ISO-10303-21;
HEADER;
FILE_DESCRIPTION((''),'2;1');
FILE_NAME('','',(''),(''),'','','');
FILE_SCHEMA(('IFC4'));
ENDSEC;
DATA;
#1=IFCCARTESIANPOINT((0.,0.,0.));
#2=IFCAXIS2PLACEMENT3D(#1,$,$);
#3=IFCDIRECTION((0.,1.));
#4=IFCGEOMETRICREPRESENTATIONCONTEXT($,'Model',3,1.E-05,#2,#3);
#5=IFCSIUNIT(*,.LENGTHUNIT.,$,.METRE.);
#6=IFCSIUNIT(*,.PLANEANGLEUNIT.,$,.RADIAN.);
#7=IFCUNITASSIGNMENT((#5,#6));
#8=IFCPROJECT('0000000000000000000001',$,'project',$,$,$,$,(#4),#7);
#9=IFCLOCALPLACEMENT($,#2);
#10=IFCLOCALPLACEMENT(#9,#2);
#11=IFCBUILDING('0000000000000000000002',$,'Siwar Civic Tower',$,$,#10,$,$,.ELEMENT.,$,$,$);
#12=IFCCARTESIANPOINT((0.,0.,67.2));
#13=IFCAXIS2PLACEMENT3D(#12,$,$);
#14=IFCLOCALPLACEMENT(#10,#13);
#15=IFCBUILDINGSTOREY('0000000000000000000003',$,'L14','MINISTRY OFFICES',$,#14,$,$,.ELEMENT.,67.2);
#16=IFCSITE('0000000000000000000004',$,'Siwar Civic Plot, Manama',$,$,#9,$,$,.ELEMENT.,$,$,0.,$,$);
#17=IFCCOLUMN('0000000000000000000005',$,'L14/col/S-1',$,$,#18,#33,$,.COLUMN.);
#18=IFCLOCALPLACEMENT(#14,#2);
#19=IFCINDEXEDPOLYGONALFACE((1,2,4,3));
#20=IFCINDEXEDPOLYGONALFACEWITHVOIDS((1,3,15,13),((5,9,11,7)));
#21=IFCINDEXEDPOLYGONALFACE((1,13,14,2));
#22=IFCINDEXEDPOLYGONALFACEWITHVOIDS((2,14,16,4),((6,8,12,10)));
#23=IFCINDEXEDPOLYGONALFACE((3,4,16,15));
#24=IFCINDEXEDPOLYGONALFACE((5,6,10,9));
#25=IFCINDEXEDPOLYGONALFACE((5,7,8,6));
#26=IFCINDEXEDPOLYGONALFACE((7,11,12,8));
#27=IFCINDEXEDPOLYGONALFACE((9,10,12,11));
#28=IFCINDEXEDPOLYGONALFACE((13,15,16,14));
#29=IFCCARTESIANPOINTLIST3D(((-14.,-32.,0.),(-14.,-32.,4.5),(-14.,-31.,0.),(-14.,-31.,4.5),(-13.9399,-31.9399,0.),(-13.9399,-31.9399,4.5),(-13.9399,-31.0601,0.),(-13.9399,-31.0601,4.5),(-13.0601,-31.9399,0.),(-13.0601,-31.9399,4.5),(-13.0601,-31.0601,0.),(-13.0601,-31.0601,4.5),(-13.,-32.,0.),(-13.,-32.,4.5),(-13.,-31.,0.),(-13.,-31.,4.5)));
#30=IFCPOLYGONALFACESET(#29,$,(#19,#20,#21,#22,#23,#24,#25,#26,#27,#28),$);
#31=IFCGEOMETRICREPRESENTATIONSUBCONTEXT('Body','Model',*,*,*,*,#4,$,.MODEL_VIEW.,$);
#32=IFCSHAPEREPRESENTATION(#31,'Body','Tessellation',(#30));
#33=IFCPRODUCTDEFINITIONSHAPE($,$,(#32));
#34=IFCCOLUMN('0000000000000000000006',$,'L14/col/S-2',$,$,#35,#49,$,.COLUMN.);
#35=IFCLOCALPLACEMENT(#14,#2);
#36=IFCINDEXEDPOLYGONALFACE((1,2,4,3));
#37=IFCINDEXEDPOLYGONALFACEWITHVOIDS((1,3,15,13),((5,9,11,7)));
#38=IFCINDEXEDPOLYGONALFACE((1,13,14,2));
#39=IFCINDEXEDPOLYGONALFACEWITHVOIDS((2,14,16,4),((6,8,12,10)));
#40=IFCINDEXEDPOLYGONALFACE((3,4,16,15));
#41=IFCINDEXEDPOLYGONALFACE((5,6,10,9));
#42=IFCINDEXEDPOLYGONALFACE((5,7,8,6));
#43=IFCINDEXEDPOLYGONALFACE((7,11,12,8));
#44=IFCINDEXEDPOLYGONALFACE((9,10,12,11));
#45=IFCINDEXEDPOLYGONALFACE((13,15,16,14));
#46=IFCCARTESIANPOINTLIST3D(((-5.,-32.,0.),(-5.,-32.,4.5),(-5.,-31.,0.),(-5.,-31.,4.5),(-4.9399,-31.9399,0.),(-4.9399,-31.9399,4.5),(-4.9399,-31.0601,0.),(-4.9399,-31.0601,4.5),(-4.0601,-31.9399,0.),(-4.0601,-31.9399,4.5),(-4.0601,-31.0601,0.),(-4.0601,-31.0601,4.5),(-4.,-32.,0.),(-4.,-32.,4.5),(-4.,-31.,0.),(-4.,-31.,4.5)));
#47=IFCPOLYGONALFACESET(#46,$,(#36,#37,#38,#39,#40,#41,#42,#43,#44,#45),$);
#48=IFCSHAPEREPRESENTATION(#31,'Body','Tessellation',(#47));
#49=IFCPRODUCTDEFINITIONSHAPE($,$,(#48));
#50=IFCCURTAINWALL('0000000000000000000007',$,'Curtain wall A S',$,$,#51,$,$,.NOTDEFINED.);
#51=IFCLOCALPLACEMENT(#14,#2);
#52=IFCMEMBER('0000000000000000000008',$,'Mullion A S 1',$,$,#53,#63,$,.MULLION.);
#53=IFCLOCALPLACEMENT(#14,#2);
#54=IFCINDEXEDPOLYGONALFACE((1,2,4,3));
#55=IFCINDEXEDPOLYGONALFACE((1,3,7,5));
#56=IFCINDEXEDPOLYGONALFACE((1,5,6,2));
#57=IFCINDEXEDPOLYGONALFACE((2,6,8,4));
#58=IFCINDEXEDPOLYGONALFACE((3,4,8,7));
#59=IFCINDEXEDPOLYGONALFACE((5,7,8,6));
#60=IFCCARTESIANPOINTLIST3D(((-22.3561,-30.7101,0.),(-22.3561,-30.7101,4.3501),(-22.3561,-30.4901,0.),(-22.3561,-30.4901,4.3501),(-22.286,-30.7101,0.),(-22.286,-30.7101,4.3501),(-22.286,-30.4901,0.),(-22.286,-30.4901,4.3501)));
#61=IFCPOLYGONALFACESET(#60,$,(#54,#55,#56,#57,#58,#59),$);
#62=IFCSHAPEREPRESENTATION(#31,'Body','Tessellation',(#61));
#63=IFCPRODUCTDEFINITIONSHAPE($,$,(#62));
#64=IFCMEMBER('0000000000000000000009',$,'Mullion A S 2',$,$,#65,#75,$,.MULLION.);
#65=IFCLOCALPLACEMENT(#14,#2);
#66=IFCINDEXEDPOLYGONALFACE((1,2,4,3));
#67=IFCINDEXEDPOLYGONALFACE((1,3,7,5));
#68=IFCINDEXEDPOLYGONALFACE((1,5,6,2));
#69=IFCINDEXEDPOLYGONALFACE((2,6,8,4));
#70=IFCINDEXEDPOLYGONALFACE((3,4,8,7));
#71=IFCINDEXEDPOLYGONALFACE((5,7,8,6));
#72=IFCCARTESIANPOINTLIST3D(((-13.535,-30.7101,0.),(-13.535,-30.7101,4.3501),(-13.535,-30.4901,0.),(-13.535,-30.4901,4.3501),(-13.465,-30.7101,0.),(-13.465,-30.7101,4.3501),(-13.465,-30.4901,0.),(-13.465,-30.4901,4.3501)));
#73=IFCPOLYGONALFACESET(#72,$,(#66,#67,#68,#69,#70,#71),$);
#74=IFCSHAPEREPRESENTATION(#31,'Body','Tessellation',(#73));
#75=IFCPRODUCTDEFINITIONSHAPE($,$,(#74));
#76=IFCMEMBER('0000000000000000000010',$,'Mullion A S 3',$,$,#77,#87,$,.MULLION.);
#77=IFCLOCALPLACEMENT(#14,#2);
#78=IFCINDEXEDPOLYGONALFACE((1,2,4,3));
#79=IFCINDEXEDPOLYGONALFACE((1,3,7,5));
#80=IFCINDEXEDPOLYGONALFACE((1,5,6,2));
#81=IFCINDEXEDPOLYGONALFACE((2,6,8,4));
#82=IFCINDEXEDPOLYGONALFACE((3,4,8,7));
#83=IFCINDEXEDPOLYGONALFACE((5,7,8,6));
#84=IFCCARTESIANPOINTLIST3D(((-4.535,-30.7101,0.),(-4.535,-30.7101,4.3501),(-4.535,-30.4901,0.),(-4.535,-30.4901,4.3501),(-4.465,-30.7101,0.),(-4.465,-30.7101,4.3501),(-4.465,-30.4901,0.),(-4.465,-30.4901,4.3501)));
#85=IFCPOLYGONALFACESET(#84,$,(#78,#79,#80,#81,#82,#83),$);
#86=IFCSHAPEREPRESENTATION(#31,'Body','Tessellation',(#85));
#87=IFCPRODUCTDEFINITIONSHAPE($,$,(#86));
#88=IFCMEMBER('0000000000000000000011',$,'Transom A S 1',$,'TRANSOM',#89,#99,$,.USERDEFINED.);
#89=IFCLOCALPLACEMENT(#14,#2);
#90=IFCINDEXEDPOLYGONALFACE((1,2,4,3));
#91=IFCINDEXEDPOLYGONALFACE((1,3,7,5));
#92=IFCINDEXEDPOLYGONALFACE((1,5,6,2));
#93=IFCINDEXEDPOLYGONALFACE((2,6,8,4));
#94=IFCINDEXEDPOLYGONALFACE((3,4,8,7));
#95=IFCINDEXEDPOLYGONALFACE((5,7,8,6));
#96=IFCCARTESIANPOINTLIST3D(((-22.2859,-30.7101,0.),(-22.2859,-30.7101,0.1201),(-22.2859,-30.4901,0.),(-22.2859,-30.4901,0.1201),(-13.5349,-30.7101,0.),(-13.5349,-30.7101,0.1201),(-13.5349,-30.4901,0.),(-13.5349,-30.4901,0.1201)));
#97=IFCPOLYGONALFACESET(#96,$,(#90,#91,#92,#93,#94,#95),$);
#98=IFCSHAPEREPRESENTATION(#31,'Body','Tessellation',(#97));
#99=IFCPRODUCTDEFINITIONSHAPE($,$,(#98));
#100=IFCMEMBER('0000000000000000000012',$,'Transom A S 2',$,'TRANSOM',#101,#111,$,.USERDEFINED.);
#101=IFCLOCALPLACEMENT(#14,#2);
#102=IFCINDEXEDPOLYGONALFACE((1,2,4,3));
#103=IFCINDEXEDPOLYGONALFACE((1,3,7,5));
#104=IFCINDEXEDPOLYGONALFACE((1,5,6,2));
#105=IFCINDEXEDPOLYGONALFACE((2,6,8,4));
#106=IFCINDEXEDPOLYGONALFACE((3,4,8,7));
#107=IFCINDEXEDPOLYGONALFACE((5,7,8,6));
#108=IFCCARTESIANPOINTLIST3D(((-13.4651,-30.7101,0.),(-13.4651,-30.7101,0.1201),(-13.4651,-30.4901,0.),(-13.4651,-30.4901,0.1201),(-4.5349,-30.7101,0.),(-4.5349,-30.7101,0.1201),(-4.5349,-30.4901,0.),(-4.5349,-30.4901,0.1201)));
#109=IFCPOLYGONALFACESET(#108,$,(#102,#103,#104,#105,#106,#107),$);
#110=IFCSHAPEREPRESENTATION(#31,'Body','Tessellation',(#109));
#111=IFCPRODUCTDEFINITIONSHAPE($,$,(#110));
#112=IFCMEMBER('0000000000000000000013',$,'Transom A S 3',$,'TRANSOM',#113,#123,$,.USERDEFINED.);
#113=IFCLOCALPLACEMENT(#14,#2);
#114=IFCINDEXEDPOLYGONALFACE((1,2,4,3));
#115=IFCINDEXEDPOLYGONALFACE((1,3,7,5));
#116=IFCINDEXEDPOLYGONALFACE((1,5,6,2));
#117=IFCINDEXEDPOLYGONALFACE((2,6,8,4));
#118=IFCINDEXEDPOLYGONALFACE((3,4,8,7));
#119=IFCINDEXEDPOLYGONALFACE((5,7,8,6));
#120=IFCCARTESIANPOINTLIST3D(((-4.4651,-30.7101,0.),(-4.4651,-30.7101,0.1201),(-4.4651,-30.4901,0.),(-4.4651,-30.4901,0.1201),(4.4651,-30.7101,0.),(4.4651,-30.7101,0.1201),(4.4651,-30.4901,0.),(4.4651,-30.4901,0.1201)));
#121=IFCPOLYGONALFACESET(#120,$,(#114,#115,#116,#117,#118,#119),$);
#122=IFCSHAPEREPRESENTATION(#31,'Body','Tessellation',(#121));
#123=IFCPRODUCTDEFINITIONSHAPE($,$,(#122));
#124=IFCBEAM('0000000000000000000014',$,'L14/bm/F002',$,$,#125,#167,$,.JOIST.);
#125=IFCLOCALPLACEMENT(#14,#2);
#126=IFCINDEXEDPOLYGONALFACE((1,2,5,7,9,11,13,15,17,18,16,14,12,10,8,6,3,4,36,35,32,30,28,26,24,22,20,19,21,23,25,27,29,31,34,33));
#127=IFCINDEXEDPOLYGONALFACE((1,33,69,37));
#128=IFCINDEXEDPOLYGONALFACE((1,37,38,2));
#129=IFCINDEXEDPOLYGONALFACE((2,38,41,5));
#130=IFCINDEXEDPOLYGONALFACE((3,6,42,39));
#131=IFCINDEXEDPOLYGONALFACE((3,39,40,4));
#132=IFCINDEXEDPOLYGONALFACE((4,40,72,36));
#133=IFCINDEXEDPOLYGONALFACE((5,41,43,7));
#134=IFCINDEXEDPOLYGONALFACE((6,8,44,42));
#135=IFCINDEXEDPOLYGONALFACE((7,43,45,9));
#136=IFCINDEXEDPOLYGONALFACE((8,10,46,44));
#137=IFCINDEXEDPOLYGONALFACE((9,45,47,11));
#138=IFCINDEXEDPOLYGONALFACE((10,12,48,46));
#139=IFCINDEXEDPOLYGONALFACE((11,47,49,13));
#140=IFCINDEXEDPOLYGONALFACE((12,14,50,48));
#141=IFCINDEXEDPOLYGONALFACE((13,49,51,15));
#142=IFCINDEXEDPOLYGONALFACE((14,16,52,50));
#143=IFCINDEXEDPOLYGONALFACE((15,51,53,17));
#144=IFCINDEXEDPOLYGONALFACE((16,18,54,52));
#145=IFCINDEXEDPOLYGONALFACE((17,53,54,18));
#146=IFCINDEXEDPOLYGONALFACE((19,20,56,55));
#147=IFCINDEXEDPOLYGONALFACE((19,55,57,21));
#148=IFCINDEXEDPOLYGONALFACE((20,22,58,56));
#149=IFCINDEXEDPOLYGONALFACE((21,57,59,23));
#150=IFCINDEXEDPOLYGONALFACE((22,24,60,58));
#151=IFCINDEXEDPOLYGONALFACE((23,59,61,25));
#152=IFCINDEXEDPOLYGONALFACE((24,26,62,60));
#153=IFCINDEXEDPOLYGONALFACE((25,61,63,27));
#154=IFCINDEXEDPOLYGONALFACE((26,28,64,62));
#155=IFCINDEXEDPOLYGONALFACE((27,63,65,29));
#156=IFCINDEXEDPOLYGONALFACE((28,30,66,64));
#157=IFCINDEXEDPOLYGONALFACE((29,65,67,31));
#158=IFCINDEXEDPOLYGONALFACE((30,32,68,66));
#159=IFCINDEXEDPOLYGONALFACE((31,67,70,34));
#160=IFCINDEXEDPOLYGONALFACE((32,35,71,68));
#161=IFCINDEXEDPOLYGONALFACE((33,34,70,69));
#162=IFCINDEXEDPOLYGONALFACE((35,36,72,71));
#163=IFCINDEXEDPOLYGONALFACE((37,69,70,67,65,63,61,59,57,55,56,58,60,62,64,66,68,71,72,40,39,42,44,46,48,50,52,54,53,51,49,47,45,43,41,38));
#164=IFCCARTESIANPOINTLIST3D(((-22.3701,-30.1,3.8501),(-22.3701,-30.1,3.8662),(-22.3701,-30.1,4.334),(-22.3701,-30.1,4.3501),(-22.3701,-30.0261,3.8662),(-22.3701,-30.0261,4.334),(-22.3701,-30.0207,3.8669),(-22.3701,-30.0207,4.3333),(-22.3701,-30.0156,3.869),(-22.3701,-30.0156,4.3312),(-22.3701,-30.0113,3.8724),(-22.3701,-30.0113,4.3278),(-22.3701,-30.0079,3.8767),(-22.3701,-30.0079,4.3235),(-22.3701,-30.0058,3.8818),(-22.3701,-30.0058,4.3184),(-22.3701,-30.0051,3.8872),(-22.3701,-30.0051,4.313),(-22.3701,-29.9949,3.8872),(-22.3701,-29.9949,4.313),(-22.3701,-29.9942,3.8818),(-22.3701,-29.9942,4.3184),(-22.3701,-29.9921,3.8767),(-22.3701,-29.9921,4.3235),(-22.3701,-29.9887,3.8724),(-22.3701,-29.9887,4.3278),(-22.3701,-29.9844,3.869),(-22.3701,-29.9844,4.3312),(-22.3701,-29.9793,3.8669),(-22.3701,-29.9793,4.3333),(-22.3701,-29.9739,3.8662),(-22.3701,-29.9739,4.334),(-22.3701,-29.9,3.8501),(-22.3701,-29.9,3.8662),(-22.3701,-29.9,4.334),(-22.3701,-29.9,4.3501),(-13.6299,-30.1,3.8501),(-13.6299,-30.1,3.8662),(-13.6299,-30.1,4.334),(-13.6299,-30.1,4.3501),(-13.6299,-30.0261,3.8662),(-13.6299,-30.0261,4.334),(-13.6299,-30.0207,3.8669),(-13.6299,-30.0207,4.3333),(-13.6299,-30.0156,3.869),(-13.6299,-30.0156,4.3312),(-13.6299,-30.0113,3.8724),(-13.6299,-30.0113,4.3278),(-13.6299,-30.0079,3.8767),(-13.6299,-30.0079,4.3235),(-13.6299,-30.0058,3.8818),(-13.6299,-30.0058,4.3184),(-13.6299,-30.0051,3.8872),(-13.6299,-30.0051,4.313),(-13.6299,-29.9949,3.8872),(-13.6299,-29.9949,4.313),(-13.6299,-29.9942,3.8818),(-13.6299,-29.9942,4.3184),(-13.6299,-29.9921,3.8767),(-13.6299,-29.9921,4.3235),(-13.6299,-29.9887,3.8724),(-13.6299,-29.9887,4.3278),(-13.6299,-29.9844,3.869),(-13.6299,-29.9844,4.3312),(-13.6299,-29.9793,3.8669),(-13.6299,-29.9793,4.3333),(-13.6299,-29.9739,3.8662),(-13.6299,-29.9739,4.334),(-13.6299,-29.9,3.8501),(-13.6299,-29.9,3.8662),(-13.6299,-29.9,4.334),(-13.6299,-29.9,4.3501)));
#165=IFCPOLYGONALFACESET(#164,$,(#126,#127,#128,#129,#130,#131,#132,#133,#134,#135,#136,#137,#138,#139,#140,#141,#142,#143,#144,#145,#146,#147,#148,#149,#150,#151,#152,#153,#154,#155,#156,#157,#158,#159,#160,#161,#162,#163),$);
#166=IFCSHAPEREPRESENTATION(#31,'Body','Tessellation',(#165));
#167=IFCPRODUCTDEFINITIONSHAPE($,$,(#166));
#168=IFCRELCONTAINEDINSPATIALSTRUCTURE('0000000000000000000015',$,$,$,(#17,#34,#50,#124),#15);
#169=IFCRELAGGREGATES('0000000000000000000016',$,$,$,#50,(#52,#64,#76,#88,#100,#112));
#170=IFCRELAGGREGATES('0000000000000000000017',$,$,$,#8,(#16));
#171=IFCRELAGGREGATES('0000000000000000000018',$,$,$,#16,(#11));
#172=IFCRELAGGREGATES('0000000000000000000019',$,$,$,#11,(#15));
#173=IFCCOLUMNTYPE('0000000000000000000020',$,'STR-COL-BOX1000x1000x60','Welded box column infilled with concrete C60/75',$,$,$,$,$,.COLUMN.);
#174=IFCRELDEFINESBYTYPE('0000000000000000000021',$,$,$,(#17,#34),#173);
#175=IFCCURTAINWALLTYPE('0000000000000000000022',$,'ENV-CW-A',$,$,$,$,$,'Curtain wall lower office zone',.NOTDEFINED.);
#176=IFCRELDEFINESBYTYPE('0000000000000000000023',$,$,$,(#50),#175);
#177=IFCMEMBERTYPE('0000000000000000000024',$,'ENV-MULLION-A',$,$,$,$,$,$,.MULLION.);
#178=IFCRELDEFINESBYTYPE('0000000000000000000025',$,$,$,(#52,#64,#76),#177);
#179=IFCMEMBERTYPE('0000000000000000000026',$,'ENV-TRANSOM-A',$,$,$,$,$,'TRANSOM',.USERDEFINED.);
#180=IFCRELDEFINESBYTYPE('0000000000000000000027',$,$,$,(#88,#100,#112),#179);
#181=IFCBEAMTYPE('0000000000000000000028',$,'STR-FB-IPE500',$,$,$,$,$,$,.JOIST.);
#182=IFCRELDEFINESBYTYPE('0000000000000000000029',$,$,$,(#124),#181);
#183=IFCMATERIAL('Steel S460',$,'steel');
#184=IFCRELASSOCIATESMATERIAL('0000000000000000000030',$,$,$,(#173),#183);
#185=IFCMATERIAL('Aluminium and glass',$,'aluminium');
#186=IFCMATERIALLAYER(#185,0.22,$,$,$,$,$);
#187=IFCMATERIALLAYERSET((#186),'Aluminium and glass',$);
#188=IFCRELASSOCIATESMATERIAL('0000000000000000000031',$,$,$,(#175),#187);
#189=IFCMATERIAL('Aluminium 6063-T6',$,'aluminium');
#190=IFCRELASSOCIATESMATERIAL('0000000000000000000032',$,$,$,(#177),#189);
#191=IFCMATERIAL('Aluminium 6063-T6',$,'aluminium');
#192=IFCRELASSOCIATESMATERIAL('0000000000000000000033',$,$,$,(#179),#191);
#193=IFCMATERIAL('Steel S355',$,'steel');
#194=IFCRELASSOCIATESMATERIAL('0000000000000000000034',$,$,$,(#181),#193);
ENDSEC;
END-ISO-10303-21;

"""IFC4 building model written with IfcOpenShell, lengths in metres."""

from ifc_helpers import new_model, si_unit, direction, frame, origin, origin_2d, place, context, subcontext, project, spatial, rectangle, hollow_rectangle, i_section, extrude, material, layer, layer_set, material_profile, profile_set, type_object, element, aggregate, save


model = new_model("IFC4")

# Units and contexts
model_context = context("Model", 3, precision=1e-05, world=origin(), true_north=direction((0.0, 1.0)))
body_context = subcontext(model_context, "Body", "Model", "MODEL_VIEW")
ifc_project = project(units=[si_unit("LENGTHUNIT", "METRE"), si_unit("PLANEANGLEUNIT", "RADIAN")], contexts=[model_context])

# Site, building, storey
site_placement = place(None, origin())
site = spatial("IfcSite", under=ifc_project, at=site_placement, Name="Siwar Civic Plot, Manama", CompositionType="ELEMENT", RefElevation=0.0)
building_placement = place(site_placement, origin())
building = spatial("IfcBuilding", under=site, at=building_placement, Name="Siwar Civic Tower", CompositionType="ELEMENT")
storey_placement = place(building_placement, frame((0.0, 0.0, 67.2)))
storey = spatial("IfcBuildingStorey", under=building, at=storey_placement, Name="L14", Description="MINISTRY OFFICES", CompositionType="ELEMENT", Elevation=67.2)

# Columns
ifc_material_1 = material(Name="Steel S460", Category="steel")
ifc_material_profile_1 = material_profile(ifc_material_1, hollow_rectangle(XDim=1.0, YDim=1.0, WallThickness=0.0601, at=origin_2d()), Name="BOX1000x1000x60")
ifc_profile_set_1 = profile_set([ifc_material_profile_1], Name="Steel S460")
column_type = type_object("IfcColumnType", Name="STR-COL-BOX1000x1000x60", Description="Welded box column infilled with concrete C60/75", PredefinedType="COLUMN", material=ifc_profile_set_1)
for number, where, z_axis, x_axis, name in (
    (1, (-13.5, -31.5, 0.0), (0.0, 0.0, 1.0), (1.0, 0.0, 0.0), "L14/col/S-1"),
    (2, (-4.5, -31.5, 0.0), (0.0, 0.0, 1.0), (1.0, 0.0, 0.0), "L14/col/S-2"),
):
    element("IfcColumn", number, at=place(storey_placement, frame(where, z_axis=z_axis, x_axis=x_axis)), inside=storey, type_object=column_type, Name=name, PredefinedType="COLUMN", context=body_context, shape_type="SweptSolid", body=[
        extrude(hollow_rectangle(XDim=1.0, YDim=1.0, WallThickness=0.0601, at=origin_2d()), origin(), (0.0, 0.0, 1.0), 4.5),
    ])

# Curtain wall, members
ifc_material_2 = material(Name="Aluminium and glass", Category="aluminium")
ifc_layer_1 = layer(ifc_material_2, 0.22)
ifc_layer_set_1 = layer_set([ifc_layer_1], Name="Aluminium and glass")
curtain_wall_type = type_object("IfcCurtainWallType", Name="ENV-CW-A", ElementType="Curtain wall lower office zone", PredefinedType="NOTDEFINED", material=ifc_layer_set_1)
curtain_wall_placement = place(storey_placement, origin())
curtain_wall = element("IfcCurtainWall", 3, at=curtain_wall_placement, inside=storey, type_object=curtain_wall_type, Name="Curtain wall A S", PredefinedType="NOTDEFINED")
ifc_material_3 = material(Name="Aluminium 6063-T6", Category="aluminium")
ifc_material_profile_2 = material_profile(ifc_material_3, rectangle(XDim=0.22, YDim=0.0701, at=origin_2d()), Name="AL 220x70")
ifc_profile_set_2 = profile_set([ifc_material_profile_2], Name="Aluminium 6063-T6")
member_type_1 = type_object("IfcMemberType", Name="ENV-MULLION-A", PredefinedType="MULLION", material=ifc_profile_set_2)
member_1_placement = place(storey_placement, frame((-22.321, -30.6001, 0.0), z_axis=(0.0, 0.0, 1.0), x_axis=(0.0, 1.0, 0.0)))
member_1 = element("IfcMember", 4, at=member_1_placement, type_object=member_type_1, Name="Mullion A S 1", PredefinedType="MULLION", context=body_context, shape_type="SweptSolid", body=[
    extrude(rectangle(XDim=0.22, YDim=0.0701, at=origin_2d()), origin(), (0.0, 0.0, 1.0), 4.3501),
])
member_2_placement = place(storey_placement, frame((-13.5, -30.6001, 0.0), z_axis=(0.0, 0.0, 1.0), x_axis=(0.0, 1.0, 0.0)))
member_2 = element("IfcMember", 5, at=member_2_placement, type_object=member_type_1, Name="Mullion A S 2", PredefinedType="MULLION", context=body_context, shape_type="SweptSolid", body=[
    extrude(rectangle(XDim=0.22, YDim=0.0701, at=origin_2d()), origin(), (0.0, 0.0, 1.0), 4.3501),
])
member_3_placement = place(storey_placement, frame((-4.5, -30.6001, 0.0), z_axis=(0.0, 0.0, 1.0), x_axis=(0.0, 1.0, 0.0)))
member_3 = element("IfcMember", 6, at=member_3_placement, type_object=member_type_1, Name="Mullion A S 3", PredefinedType="MULLION", context=body_context, shape_type="SweptSolid", body=[
    extrude(rectangle(XDim=0.22, YDim=0.0701, at=origin_2d()), origin(), (0.0, 0.0, 1.0), 4.3501),
])
ifc_material_4 = material(Name="Aluminium 6063-T6", Category="aluminium")
ifc_material_profile_3 = material_profile(ifc_material_4, rectangle(XDim=0.22, YDim=0.1201, at=origin_2d()), Name="AL 220x120")
ifc_profile_set_3 = profile_set([ifc_material_profile_3], Name="Aluminium 6063-T6")
member_type_2 = type_object("IfcMemberType", Name="ENV-TRANSOM-A", ElementType="TRANSOM", PredefinedType="USERDEFINED", material=ifc_profile_set_3)
member_4_placement = place(storey_placement, frame((-22.2859, -30.6001, 0.0601), z_axis=(1.0, 0.0, 0.0), x_axis=(0.0, 1.0, 0.0)))
member_4 = element("IfcMember", 7, at=member_4_placement, type_object=member_type_2, Name="Transom A S 1", ObjectType="TRANSOM", PredefinedType="USERDEFINED", context=body_context, shape_type="SweptSolid", body=[
    extrude(rectangle(XDim=0.22, YDim=0.1201, at=origin_2d()), origin(), (0.0, 0.0, 1.0), 8.751),
])
member_5_placement = place(storey_placement, frame((-13.4651, -30.6001, 0.0601), z_axis=(1.0, 0.0, 0.0), x_axis=(0.0, 1.0, 0.0)))
member_5 = element("IfcMember", 8, at=member_5_placement, type_object=member_type_2, Name="Transom A S 2", ObjectType="TRANSOM", PredefinedType="USERDEFINED", context=body_context, shape_type="SweptSolid", body=[
    extrude(rectangle(XDim=0.22, YDim=0.1201, at=origin_2d()), origin(), (0.0, 0.0, 1.0), 8.9302),
])
member_6_placement = place(storey_placement, frame((-4.4651, -30.6001, 0.0601), z_axis=(1.0, 0.0, 0.0), x_axis=(0.0, 1.0, 0.0)))
member_6 = element("IfcMember", 9, at=member_6_placement, type_object=member_type_2, Name="Transom A S 3", ObjectType="TRANSOM", PredefinedType="USERDEFINED", context=body_context, shape_type="SweptSolid", body=[
    extrude(rectangle(XDim=0.22, YDim=0.1201, at=origin_2d()), origin(), (0.0, 0.0, 1.0), 8.9302),
])

# Beam
ifc_material_5 = material(Name="Steel S355", Category="steel")
ifc_material_profile_4 = material_profile(ifc_material_5, i_section(OverallWidth=0.2, OverallDepth=0.5, WebThickness=0.0103, FlangeThickness=0.0161, FilletRadius=0.021, at=origin_2d()), Name="IPE500")
ifc_profile_set_4 = profile_set([ifc_material_profile_4], Name="Steel S355")
beam_type_1 = type_object("IfcBeamType", Name="STR-FB-IPE500", PredefinedType="JOIST", material=ifc_profile_set_4)
for number, where, z_axis, x_axis, name in (
    (10, (-22.3701, -30.0, 4.1001), (1.0, 0.0, 0.0), (0.0, 1.0, 0.0), "L14/bm/F002"),
):
    element("IfcBeam", number, at=place(storey_placement, frame(where, z_axis=z_axis, x_axis=x_axis)), inside=storey, type_object=beam_type_1, Name=name, PredefinedType="JOIST", context=body_context, shape_type="SweptSolid", body=[
        extrude(i_section(OverallWidth=0.2, OverallDepth=0.5, WebThickness=0.0103, FlangeThickness=0.0161, FilletRadius=0.021, at=origin_2d()), origin(), (0.0, 0.0, 1.0), 8.7402),
    ])

aggregate(curtain_wall, [member_1, member_2, member_3, member_4, member_5, member_6])

save(model, "model.ifc")
